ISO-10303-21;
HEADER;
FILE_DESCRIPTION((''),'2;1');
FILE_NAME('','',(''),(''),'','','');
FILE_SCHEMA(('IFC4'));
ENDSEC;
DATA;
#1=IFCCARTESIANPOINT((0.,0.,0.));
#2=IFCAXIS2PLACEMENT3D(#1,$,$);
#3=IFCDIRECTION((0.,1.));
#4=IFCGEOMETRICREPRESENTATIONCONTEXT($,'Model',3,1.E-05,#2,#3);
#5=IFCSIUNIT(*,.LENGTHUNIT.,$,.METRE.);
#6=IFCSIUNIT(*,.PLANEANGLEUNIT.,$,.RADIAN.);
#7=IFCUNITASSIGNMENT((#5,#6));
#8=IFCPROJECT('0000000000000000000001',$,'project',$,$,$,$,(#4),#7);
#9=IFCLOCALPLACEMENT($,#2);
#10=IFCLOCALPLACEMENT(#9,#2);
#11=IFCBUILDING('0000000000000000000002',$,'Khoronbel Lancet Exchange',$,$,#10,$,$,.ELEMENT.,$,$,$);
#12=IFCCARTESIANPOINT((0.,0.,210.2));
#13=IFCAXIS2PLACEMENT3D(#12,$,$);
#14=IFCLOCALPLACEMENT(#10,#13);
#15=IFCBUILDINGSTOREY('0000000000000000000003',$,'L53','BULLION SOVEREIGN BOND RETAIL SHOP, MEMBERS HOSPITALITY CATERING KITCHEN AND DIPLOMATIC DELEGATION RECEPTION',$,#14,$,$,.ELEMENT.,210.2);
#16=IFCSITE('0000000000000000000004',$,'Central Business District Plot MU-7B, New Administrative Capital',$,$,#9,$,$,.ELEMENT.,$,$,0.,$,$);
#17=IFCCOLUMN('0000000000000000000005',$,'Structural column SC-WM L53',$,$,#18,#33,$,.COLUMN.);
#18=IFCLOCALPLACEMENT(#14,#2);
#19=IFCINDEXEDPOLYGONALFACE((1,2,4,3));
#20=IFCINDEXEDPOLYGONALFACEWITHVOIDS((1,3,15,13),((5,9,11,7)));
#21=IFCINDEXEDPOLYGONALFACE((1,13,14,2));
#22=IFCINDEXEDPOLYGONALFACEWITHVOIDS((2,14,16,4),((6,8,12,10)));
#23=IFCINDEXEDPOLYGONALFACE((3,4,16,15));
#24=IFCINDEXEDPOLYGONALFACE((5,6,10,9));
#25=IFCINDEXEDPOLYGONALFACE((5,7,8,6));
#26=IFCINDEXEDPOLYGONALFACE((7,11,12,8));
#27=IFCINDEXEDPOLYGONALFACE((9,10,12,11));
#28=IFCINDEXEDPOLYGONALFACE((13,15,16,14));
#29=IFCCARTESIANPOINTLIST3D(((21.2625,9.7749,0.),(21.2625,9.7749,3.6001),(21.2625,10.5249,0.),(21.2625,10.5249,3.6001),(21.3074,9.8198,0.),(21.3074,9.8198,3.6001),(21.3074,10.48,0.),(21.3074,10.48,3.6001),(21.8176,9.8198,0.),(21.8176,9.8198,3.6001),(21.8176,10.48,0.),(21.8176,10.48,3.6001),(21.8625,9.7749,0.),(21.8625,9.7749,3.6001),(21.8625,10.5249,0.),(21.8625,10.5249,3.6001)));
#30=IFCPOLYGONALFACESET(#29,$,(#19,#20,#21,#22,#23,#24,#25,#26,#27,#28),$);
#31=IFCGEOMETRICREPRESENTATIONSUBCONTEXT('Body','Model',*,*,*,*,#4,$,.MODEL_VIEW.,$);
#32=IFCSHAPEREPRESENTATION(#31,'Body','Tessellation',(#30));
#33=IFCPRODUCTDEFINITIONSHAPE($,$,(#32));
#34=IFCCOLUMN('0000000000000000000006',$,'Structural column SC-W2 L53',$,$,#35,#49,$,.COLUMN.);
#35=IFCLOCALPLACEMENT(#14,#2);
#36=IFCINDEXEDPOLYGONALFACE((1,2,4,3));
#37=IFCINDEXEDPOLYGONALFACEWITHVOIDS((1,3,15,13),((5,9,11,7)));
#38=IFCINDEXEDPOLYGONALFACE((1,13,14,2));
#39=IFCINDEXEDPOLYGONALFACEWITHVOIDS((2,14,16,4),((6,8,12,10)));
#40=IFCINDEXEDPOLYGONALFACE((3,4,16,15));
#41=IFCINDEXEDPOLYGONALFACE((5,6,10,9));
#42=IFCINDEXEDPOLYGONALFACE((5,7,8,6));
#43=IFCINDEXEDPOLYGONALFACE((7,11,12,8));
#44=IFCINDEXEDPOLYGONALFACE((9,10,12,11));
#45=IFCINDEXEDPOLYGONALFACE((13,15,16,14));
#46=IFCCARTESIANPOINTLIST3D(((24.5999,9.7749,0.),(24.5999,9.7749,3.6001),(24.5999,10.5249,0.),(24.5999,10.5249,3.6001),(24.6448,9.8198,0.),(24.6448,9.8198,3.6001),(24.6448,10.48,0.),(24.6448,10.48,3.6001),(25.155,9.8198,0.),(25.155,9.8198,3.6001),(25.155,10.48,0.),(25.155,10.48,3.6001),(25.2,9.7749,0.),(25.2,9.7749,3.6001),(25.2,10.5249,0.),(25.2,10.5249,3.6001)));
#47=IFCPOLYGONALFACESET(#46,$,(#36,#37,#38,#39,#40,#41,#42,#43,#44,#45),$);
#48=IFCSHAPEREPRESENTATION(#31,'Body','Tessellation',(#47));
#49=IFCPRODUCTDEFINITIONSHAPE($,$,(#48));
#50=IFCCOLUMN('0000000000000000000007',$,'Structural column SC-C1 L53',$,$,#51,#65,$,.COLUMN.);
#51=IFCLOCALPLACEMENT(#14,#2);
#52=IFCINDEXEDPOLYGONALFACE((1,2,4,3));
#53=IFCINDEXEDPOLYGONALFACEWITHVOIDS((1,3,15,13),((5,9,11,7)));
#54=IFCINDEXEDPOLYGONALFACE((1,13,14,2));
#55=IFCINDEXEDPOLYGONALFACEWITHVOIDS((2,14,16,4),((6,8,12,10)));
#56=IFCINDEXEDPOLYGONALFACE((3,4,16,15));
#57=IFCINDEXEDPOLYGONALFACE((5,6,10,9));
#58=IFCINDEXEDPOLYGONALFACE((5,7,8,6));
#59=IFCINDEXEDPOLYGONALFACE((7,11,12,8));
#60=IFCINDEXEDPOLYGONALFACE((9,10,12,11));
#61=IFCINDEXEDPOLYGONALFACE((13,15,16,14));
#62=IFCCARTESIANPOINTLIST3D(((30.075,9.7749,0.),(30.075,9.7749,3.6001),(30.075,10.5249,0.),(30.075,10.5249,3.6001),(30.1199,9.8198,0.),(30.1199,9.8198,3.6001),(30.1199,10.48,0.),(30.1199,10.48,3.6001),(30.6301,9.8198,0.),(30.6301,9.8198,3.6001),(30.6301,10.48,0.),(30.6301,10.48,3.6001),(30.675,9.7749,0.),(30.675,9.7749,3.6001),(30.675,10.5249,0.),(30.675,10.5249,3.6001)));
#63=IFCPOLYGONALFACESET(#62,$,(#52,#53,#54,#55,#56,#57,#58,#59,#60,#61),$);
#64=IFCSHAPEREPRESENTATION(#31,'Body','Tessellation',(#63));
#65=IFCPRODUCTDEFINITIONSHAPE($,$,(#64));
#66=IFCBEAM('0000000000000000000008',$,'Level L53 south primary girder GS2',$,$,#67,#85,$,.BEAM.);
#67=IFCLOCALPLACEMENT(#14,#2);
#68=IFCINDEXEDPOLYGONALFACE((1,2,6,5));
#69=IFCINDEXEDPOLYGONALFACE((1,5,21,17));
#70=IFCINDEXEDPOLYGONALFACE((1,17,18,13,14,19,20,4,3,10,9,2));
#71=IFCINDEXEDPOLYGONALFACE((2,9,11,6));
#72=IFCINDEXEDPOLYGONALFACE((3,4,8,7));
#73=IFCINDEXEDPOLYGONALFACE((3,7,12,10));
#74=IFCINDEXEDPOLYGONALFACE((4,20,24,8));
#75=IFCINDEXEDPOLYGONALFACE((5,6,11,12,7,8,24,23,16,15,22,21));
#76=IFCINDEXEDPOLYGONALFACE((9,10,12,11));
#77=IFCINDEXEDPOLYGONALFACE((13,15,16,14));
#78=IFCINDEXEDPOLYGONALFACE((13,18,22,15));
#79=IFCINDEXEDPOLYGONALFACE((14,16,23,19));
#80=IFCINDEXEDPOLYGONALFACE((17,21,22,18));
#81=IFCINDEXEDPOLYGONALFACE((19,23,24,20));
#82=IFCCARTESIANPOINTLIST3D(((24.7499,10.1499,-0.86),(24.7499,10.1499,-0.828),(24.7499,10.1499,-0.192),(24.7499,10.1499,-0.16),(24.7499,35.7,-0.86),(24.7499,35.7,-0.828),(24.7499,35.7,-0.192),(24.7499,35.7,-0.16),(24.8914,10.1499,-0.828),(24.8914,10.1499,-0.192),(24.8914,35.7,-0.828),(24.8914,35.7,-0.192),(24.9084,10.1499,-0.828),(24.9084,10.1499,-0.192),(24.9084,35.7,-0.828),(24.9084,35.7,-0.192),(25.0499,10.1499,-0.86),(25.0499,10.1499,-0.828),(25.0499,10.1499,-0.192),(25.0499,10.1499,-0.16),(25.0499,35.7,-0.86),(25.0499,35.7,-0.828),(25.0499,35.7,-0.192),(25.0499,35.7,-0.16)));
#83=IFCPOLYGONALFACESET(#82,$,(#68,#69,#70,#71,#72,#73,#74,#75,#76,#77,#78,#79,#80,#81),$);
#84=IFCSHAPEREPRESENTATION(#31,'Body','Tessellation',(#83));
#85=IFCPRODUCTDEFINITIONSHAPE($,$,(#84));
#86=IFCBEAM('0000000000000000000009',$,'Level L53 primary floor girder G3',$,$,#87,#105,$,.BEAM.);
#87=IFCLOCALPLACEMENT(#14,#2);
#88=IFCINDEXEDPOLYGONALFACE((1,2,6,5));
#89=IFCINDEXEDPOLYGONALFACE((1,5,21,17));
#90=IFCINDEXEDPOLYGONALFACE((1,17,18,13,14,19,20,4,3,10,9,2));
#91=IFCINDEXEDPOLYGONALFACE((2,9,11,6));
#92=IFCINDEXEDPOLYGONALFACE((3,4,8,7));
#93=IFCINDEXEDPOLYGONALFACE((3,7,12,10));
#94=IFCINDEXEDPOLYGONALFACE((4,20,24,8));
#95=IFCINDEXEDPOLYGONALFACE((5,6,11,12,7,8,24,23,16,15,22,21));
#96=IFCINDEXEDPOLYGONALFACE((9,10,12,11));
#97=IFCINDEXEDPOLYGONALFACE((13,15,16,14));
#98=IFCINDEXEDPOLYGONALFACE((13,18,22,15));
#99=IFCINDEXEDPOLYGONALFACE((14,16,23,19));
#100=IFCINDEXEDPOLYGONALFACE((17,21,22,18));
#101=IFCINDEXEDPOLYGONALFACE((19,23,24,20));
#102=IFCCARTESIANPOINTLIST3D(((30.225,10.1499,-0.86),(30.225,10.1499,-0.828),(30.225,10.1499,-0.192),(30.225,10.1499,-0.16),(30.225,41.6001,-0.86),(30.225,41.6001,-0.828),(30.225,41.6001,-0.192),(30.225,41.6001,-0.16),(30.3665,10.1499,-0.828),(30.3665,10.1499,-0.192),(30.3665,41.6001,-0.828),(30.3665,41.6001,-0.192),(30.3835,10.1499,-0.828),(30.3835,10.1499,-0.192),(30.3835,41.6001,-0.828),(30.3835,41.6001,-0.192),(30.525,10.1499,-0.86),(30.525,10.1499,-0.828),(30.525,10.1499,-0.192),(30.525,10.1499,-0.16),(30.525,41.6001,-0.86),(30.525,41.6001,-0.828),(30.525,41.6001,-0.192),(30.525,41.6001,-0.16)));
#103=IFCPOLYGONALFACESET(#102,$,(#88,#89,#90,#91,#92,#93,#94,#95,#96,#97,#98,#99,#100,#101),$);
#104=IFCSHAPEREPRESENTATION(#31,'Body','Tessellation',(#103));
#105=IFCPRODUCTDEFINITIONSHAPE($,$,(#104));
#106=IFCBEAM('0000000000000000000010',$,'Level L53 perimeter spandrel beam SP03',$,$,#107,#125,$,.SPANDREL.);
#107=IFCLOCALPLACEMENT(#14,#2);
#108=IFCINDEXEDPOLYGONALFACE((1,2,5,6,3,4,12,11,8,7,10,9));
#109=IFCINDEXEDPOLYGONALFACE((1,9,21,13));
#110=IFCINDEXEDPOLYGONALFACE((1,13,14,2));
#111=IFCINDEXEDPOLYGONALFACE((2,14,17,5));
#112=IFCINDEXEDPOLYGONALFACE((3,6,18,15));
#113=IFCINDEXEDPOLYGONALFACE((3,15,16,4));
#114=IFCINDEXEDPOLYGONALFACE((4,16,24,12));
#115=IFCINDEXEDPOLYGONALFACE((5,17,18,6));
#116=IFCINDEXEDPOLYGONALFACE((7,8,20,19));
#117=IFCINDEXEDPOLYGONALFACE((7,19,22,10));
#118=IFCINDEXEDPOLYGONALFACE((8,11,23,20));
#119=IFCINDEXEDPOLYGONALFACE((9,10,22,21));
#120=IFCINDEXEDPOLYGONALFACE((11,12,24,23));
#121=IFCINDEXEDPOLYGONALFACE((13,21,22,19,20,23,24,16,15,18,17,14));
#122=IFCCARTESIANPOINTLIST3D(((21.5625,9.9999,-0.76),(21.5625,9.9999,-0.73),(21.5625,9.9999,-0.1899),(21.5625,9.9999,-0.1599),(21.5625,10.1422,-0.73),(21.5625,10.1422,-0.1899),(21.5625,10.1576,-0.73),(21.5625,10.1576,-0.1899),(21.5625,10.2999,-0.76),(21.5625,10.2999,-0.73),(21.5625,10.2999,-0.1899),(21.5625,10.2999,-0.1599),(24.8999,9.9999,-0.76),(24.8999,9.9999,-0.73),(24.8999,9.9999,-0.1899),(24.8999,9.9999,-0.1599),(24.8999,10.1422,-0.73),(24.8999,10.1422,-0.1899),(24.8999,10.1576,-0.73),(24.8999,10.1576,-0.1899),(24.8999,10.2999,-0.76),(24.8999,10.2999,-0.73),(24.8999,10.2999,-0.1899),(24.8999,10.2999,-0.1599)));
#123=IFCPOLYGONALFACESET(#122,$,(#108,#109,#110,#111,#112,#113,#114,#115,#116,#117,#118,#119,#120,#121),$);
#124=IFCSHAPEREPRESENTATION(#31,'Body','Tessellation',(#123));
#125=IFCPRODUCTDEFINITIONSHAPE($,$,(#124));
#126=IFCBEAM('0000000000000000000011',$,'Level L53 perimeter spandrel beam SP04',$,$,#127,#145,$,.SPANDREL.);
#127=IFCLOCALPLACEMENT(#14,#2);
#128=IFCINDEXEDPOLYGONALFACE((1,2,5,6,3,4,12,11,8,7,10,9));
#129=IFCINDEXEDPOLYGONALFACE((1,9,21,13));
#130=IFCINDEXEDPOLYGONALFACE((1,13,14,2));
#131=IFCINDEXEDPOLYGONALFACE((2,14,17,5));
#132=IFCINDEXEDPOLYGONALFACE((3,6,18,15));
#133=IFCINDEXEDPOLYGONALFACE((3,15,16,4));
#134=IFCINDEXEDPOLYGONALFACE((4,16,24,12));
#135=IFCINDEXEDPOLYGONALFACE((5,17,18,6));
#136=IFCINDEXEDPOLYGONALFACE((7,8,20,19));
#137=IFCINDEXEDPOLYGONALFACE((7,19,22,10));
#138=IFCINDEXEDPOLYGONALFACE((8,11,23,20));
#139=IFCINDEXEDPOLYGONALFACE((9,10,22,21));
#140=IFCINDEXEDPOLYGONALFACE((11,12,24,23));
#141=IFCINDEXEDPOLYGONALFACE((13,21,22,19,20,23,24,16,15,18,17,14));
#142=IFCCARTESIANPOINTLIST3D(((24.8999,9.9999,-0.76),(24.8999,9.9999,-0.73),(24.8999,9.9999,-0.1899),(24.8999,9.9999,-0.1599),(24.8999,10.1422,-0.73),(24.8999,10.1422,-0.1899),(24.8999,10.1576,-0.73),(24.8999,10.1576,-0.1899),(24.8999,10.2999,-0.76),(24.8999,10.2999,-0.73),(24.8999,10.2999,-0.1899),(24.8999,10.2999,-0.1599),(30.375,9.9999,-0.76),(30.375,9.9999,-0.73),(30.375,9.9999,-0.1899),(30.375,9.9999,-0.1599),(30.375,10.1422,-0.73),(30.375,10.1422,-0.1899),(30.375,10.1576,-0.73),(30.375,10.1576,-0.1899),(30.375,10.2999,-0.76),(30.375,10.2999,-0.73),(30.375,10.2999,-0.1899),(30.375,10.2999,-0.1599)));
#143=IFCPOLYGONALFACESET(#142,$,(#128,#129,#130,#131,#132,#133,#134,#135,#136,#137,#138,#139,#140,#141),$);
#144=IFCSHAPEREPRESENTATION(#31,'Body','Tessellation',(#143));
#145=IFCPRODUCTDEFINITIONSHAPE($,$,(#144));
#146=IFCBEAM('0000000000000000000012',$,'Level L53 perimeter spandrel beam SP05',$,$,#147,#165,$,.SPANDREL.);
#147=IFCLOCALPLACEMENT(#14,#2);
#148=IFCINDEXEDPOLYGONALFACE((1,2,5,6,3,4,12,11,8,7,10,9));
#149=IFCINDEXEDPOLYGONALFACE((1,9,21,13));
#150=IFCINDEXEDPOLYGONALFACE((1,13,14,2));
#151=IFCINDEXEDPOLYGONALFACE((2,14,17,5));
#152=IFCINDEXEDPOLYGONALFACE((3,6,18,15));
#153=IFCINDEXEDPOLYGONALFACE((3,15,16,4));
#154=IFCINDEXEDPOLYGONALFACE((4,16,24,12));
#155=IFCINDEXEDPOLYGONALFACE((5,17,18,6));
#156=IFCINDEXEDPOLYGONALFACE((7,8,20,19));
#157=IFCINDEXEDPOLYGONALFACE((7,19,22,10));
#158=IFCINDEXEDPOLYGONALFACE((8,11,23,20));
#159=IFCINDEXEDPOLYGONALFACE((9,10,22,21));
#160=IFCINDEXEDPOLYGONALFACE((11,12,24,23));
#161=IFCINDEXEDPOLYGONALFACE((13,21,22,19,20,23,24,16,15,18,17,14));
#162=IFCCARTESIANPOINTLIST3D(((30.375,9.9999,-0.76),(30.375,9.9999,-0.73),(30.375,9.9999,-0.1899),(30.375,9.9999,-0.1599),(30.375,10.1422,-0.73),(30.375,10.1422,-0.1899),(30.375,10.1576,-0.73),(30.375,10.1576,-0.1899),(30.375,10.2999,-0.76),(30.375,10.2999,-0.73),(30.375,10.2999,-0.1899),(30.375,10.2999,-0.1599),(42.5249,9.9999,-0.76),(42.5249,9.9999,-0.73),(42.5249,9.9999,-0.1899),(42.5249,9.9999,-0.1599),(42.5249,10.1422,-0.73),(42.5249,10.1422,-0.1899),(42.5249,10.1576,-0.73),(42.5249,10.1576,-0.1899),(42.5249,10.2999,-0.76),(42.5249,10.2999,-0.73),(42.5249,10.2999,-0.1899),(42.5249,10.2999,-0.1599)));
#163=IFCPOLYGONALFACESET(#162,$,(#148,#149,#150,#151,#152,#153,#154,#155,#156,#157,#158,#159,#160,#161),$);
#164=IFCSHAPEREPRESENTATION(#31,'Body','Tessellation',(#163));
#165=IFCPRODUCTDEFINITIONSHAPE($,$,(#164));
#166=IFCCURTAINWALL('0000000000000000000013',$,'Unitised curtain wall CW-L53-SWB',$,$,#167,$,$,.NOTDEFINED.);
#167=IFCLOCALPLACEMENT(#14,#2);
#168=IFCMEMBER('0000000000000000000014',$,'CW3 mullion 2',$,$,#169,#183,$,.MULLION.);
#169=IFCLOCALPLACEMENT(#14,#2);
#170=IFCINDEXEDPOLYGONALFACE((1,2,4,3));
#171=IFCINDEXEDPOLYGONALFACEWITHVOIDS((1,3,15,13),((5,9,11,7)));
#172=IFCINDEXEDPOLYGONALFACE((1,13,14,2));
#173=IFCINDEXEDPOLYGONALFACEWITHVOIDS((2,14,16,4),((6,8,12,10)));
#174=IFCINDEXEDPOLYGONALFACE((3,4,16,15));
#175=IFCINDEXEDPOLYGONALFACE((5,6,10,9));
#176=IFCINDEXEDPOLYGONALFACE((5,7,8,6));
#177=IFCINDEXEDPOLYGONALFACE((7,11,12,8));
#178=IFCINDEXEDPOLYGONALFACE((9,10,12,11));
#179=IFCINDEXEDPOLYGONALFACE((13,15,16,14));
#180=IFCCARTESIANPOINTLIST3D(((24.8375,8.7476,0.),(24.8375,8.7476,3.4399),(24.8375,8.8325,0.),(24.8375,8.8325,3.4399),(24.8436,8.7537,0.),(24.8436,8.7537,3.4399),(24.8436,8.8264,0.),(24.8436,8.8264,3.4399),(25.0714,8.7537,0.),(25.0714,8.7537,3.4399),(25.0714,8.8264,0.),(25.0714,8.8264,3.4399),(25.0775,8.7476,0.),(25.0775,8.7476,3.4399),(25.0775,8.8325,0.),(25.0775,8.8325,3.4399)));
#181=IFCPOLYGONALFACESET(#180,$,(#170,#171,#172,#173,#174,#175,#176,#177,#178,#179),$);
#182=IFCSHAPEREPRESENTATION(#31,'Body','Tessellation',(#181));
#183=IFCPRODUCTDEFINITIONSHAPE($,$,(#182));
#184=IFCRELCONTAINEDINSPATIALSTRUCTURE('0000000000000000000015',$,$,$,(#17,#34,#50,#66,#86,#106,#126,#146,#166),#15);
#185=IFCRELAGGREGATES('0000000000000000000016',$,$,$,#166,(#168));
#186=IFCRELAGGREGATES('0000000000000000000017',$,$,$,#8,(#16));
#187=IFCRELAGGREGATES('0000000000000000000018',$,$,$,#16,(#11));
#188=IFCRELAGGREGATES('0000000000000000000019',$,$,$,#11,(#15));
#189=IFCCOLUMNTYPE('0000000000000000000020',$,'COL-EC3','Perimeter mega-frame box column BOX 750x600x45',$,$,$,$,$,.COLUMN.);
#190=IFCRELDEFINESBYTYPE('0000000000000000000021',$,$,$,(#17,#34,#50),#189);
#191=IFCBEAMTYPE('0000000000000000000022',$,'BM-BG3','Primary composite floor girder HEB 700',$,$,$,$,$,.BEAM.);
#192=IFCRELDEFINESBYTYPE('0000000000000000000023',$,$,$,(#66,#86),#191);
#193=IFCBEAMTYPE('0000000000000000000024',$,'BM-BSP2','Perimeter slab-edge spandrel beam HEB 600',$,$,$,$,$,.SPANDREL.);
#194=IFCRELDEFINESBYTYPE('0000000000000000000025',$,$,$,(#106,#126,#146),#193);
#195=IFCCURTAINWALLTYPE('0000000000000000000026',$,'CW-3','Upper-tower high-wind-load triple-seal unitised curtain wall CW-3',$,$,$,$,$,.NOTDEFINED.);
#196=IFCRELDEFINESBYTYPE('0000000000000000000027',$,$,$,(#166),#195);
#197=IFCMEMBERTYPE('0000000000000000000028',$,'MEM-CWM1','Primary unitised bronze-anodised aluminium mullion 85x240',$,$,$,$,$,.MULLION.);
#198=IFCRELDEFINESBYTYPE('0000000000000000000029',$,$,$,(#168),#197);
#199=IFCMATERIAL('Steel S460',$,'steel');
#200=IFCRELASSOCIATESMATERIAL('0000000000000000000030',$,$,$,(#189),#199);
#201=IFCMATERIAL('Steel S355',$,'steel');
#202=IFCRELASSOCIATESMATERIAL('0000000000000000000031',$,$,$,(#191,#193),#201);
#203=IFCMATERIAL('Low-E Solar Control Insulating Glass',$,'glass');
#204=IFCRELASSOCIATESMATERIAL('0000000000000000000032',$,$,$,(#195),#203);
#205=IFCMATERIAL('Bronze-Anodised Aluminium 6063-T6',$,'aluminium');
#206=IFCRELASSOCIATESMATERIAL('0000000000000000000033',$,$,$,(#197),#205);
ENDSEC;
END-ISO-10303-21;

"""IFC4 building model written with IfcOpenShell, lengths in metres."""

from ifc_helpers import new_model, si_unit, direction, frame, origin, origin_2d, place, context, subcontext, project, spatial, hollow_rectangle, i_section, extrude, material, material_profile, profile_set, type_object, element, aggregate, save


model = new_model("IFC4")

# Units and contexts
model_context = context("Model", 3, precision=1e-05, world=origin(), true_north=direction((0.0, 1.0)))
body_context = subcontext(model_context, "Body", "Model", "MODEL_VIEW")
ifc_project = project(units=[si_unit("LENGTHUNIT", "METRE"), si_unit("PLANEANGLEUNIT", "RADIAN")], contexts=[model_context])

# Site, building, storey
site_placement = place(None, origin())
site = spatial("IfcSite", under=ifc_project, at=site_placement, Name="Central Business District Plot MU-7B, New Administrative Capital", CompositionType="ELEMENT", RefElevation=0.0)
building_placement = place(site_placement, origin())
building = spatial("IfcBuilding", under=site, at=building_placement, Name="Khoronbel Lancet Exchange", CompositionType="ELEMENT")
storey_placement = place(building_placement, frame((0.0, 0.0, 210.2)))
storey = spatial("IfcBuildingStorey", under=building, at=storey_placement, Name="L53", Description="BULLION SOVEREIGN BOND RETAIL SHOP, MEMBERS HOSPITALITY CATERING KITCHEN AND DIPLOMATIC DELEGATION RECEPTION", CompositionType="ELEMENT", Elevation=210.2)

# Columns
ifc_material_1 = material(Name="Steel S460", Category="steel")
ifc_material_profile_1 = material_profile(ifc_material_1, hollow_rectangle(XDim=0.6001, YDim=0.75, WallThickness=0.0449, at=origin_2d()), Name="BOX 750x600x45")
ifc_profile_set_1 = profile_set([ifc_material_profile_1], Name="Steel S460")
column_type = type_object("IfcColumnType", Name="COL-EC3", Description="Perimeter mega-frame box column BOX 750x600x45", PredefinedType="COLUMN", material=ifc_profile_set_1)
for number, where, z_axis, x_axis, name in (
    (1, (21.5625, 10.1499, 0.0), (0.0, 0.0, 1.0), (1.0, 0.0, 0.0), "Structural column SC-WM L53"),
    (2, (24.8999, 10.1499, 0.0), (0.0, 0.0, 1.0), (1.0, 0.0, 0.0), "Structural column SC-W2 L53"),
    (3, (30.375, 10.1499, 0.0), (0.0, 0.0, 1.0), (1.0, 0.0, 0.0), "Structural column SC-C1 L53"),
):
    element("IfcColumn", number, at=place(storey_placement, frame(where, z_axis=z_axis, x_axis=x_axis)), inside=storey, type_object=column_type, Name=name, PredefinedType="COLUMN", context=body_context, shape_type="SweptSolid", body=[
        extrude(hollow_rectangle(XDim=0.6001, YDim=0.75, WallThickness=0.0449, at=origin_2d()), origin(), (0.0, 0.0, 1.0), 3.6001),
    ])

# Beams
ifc_material_2 = material(Name="Steel S355", Category="steel")
ifc_material_profile_2 = material_profile(ifc_material_2, i_section(OverallWidth=0.3, OverallDepth=0.7, WebThickness=0.0171, FlangeThickness=0.032, at=origin_2d()), Name="HEB 700")
ifc_profile_set_2 = profile_set([ifc_material_profile_2], Name="Steel S355")
beam_type_1 = type_object("IfcBeamType", Name="BM-BG3", Description="Primary composite floor girder HEB 700", PredefinedType="BEAM", material=ifc_profile_set_2)
beam_1_placement = place(storey_placement, frame((24.8999, 10.1499, -0.51), z_axis=(0.0, 1.0, 0.0), x_axis=(-1.0, 0.0, 0.0)))
element("IfcBeam", 4, at=beam_1_placement, inside=storey, type_object=beam_type_1, Name="Level L53 south primary girder GS2", PredefinedType="BEAM", context=body_context, shape_type="SweptSolid", body=[
    extrude(i_section(OverallWidth=0.3, OverallDepth=0.7, WebThickness=0.0171, FlangeThickness=0.032, at=origin_2d()), origin(), (0.0, 0.0, 1.0), 25.55),
])
beam_2_placement = place(storey_placement, frame((30.375, 10.1499, -0.51), z_axis=(0.0, 1.0, 0.0), x_axis=(-1.0, 0.0, 0.0)))
element("IfcBeam", 5, at=beam_2_placement, inside=storey, type_object=beam_type_1, Name="Level L53 primary floor girder G3", PredefinedType="BEAM", context=body_context, shape_type="SweptSolid", body=[
    extrude(i_section(OverallWidth=0.3, OverallDepth=0.7, WebThickness=0.0171, FlangeThickness=0.032, at=origin_2d()), origin(), (0.0, 0.0, 1.0), 31.4502),
])
ifc_material_profile_3 = material_profile(ifc_material_2, i_section(OverallWidth=0.3, OverallDepth=0.6001, WebThickness=0.0154, FlangeThickness=0.03, at=origin_2d()), Name="HEB 600")
ifc_profile_set_3 = profile_set([ifc_material_profile_3], Name="Steel S355")
beam_type_2 = type_object("IfcBeamType", Name="BM-BSP2", Description="Perimeter slab-edge spandrel beam HEB 600", PredefinedType="SPANDREL", material=ifc_profile_set_3)
beam_3_placement = place(storey_placement, frame((21.5625, 10.1499, -0.46), z_axis=(1.0, 0.0, 0.0), x_axis=(0.0, 1.0, 0.0)))
element("IfcBeam", 6, at=beam_3_placement, inside=storey, type_object=beam_type_2, Name="Level L53 perimeter spandrel beam SP03", PredefinedType="SPANDREL", context=body_context, shape_type="SweptSolid", body=[
    extrude(i_section(OverallWidth=0.3, OverallDepth=0.6001, WebThickness=0.0154, FlangeThickness=0.03, at=origin_2d()), origin(), (0.0, 0.0, 1.0), 3.3374),
])
beam_4_placement = place(storey_placement, frame((24.8999, 10.1499, -0.46), z_axis=(1.0, 0.0, 0.0), x_axis=(0.0, 1.0, 0.0)))
element("IfcBeam", 7, at=beam_4_placement, inside=storey, type_object=beam_type_2, Name="Level L53 perimeter spandrel beam SP04", PredefinedType="SPANDREL", context=body_context, shape_type="SweptSolid", body=[
    extrude(i_section(OverallWidth=0.3, OverallDepth=0.6001, WebThickness=0.0154, FlangeThickness=0.03, at=origin_2d()), origin(), (0.0, 0.0, 1.0), 5.4751),
])
beam_5_placement = place(storey_placement, frame((30.375, 10.1499, -0.46), z_axis=(1.0, 0.0, 0.0), x_axis=(0.0, 1.0, 0.0)))
element("IfcBeam", 8, at=beam_5_placement, inside=storey, type_object=beam_type_2, Name="Level L53 perimeter spandrel beam SP05", PredefinedType="SPANDREL", context=body_context, shape_type="SweptSolid", body=[
    extrude(i_section(OverallWidth=0.3, OverallDepth=0.6001, WebThickness=0.0154, FlangeThickness=0.03, at=origin_2d()), origin(), (0.0, 0.0, 1.0), 12.1499),
])

# Curtain wall, member
ifc_material_3 = material(Name="Low-E Solar Control Insulating Glass", Category="glass")
curtain_wall_type = type_object("IfcCurtainWallType", Name="CW-3", Description="Upper-tower high-wind-load triple-seal unitised curtain wall CW-3", PredefinedType="NOTDEFINED", material=ifc_material_3)
curtain_wall_1_placement = place(storey_placement, origin())
curtain_wall_1 = element("IfcCurtainWall", 9, at=curtain_wall_1_placement, inside=storey, type_object=curtain_wall_type, Name="Unitised curtain wall CW-L53-SWB", PredefinedType="NOTDEFINED")
ifc_material_4 = material(Name="Bronze-Anodised Aluminium 6063-T6", Category="aluminium")
ifc_material_profile_4 = material_profile(ifc_material_4, hollow_rectangle(XDim=0.085, YDim=0.24, WallThickness=0.0061, at=origin_2d()), Name="ALU MULLION 85x240")
ifc_profile_set_4 = profile_set([ifc_material_profile_4], Name="Bronze-Anodised Aluminium 6063-T6")
member_type_1 = type_object("IfcMemberType", Name="MEM-CWM1", Description="Primary unitised bronze-anodised aluminium mullion 85x240", PredefinedType="MULLION", material=ifc_profile_set_4)
member_1_placement = place(storey_placement, frame((24.9575, 8.79, 0.0), z_axis=(0.0, 0.0, 1.0), x_axis=(0.0, 1.0, 0.0)))
member_1 = element("IfcMember", 10, at=member_1_placement, type_object=member_type_1, Name="CW3 mullion 2", PredefinedType="MULLION", context=body_context, shape_type="SweptSolid", body=[
    extrude(hollow_rectangle(XDim=0.085, YDim=0.24, WallThickness=0.0061, at=origin_2d()), origin(), (0.0, 0.0, 1.0), 3.4399),
])

aggregate(curtain_wall_1, [member_1])

save(model, "model.ifc")
